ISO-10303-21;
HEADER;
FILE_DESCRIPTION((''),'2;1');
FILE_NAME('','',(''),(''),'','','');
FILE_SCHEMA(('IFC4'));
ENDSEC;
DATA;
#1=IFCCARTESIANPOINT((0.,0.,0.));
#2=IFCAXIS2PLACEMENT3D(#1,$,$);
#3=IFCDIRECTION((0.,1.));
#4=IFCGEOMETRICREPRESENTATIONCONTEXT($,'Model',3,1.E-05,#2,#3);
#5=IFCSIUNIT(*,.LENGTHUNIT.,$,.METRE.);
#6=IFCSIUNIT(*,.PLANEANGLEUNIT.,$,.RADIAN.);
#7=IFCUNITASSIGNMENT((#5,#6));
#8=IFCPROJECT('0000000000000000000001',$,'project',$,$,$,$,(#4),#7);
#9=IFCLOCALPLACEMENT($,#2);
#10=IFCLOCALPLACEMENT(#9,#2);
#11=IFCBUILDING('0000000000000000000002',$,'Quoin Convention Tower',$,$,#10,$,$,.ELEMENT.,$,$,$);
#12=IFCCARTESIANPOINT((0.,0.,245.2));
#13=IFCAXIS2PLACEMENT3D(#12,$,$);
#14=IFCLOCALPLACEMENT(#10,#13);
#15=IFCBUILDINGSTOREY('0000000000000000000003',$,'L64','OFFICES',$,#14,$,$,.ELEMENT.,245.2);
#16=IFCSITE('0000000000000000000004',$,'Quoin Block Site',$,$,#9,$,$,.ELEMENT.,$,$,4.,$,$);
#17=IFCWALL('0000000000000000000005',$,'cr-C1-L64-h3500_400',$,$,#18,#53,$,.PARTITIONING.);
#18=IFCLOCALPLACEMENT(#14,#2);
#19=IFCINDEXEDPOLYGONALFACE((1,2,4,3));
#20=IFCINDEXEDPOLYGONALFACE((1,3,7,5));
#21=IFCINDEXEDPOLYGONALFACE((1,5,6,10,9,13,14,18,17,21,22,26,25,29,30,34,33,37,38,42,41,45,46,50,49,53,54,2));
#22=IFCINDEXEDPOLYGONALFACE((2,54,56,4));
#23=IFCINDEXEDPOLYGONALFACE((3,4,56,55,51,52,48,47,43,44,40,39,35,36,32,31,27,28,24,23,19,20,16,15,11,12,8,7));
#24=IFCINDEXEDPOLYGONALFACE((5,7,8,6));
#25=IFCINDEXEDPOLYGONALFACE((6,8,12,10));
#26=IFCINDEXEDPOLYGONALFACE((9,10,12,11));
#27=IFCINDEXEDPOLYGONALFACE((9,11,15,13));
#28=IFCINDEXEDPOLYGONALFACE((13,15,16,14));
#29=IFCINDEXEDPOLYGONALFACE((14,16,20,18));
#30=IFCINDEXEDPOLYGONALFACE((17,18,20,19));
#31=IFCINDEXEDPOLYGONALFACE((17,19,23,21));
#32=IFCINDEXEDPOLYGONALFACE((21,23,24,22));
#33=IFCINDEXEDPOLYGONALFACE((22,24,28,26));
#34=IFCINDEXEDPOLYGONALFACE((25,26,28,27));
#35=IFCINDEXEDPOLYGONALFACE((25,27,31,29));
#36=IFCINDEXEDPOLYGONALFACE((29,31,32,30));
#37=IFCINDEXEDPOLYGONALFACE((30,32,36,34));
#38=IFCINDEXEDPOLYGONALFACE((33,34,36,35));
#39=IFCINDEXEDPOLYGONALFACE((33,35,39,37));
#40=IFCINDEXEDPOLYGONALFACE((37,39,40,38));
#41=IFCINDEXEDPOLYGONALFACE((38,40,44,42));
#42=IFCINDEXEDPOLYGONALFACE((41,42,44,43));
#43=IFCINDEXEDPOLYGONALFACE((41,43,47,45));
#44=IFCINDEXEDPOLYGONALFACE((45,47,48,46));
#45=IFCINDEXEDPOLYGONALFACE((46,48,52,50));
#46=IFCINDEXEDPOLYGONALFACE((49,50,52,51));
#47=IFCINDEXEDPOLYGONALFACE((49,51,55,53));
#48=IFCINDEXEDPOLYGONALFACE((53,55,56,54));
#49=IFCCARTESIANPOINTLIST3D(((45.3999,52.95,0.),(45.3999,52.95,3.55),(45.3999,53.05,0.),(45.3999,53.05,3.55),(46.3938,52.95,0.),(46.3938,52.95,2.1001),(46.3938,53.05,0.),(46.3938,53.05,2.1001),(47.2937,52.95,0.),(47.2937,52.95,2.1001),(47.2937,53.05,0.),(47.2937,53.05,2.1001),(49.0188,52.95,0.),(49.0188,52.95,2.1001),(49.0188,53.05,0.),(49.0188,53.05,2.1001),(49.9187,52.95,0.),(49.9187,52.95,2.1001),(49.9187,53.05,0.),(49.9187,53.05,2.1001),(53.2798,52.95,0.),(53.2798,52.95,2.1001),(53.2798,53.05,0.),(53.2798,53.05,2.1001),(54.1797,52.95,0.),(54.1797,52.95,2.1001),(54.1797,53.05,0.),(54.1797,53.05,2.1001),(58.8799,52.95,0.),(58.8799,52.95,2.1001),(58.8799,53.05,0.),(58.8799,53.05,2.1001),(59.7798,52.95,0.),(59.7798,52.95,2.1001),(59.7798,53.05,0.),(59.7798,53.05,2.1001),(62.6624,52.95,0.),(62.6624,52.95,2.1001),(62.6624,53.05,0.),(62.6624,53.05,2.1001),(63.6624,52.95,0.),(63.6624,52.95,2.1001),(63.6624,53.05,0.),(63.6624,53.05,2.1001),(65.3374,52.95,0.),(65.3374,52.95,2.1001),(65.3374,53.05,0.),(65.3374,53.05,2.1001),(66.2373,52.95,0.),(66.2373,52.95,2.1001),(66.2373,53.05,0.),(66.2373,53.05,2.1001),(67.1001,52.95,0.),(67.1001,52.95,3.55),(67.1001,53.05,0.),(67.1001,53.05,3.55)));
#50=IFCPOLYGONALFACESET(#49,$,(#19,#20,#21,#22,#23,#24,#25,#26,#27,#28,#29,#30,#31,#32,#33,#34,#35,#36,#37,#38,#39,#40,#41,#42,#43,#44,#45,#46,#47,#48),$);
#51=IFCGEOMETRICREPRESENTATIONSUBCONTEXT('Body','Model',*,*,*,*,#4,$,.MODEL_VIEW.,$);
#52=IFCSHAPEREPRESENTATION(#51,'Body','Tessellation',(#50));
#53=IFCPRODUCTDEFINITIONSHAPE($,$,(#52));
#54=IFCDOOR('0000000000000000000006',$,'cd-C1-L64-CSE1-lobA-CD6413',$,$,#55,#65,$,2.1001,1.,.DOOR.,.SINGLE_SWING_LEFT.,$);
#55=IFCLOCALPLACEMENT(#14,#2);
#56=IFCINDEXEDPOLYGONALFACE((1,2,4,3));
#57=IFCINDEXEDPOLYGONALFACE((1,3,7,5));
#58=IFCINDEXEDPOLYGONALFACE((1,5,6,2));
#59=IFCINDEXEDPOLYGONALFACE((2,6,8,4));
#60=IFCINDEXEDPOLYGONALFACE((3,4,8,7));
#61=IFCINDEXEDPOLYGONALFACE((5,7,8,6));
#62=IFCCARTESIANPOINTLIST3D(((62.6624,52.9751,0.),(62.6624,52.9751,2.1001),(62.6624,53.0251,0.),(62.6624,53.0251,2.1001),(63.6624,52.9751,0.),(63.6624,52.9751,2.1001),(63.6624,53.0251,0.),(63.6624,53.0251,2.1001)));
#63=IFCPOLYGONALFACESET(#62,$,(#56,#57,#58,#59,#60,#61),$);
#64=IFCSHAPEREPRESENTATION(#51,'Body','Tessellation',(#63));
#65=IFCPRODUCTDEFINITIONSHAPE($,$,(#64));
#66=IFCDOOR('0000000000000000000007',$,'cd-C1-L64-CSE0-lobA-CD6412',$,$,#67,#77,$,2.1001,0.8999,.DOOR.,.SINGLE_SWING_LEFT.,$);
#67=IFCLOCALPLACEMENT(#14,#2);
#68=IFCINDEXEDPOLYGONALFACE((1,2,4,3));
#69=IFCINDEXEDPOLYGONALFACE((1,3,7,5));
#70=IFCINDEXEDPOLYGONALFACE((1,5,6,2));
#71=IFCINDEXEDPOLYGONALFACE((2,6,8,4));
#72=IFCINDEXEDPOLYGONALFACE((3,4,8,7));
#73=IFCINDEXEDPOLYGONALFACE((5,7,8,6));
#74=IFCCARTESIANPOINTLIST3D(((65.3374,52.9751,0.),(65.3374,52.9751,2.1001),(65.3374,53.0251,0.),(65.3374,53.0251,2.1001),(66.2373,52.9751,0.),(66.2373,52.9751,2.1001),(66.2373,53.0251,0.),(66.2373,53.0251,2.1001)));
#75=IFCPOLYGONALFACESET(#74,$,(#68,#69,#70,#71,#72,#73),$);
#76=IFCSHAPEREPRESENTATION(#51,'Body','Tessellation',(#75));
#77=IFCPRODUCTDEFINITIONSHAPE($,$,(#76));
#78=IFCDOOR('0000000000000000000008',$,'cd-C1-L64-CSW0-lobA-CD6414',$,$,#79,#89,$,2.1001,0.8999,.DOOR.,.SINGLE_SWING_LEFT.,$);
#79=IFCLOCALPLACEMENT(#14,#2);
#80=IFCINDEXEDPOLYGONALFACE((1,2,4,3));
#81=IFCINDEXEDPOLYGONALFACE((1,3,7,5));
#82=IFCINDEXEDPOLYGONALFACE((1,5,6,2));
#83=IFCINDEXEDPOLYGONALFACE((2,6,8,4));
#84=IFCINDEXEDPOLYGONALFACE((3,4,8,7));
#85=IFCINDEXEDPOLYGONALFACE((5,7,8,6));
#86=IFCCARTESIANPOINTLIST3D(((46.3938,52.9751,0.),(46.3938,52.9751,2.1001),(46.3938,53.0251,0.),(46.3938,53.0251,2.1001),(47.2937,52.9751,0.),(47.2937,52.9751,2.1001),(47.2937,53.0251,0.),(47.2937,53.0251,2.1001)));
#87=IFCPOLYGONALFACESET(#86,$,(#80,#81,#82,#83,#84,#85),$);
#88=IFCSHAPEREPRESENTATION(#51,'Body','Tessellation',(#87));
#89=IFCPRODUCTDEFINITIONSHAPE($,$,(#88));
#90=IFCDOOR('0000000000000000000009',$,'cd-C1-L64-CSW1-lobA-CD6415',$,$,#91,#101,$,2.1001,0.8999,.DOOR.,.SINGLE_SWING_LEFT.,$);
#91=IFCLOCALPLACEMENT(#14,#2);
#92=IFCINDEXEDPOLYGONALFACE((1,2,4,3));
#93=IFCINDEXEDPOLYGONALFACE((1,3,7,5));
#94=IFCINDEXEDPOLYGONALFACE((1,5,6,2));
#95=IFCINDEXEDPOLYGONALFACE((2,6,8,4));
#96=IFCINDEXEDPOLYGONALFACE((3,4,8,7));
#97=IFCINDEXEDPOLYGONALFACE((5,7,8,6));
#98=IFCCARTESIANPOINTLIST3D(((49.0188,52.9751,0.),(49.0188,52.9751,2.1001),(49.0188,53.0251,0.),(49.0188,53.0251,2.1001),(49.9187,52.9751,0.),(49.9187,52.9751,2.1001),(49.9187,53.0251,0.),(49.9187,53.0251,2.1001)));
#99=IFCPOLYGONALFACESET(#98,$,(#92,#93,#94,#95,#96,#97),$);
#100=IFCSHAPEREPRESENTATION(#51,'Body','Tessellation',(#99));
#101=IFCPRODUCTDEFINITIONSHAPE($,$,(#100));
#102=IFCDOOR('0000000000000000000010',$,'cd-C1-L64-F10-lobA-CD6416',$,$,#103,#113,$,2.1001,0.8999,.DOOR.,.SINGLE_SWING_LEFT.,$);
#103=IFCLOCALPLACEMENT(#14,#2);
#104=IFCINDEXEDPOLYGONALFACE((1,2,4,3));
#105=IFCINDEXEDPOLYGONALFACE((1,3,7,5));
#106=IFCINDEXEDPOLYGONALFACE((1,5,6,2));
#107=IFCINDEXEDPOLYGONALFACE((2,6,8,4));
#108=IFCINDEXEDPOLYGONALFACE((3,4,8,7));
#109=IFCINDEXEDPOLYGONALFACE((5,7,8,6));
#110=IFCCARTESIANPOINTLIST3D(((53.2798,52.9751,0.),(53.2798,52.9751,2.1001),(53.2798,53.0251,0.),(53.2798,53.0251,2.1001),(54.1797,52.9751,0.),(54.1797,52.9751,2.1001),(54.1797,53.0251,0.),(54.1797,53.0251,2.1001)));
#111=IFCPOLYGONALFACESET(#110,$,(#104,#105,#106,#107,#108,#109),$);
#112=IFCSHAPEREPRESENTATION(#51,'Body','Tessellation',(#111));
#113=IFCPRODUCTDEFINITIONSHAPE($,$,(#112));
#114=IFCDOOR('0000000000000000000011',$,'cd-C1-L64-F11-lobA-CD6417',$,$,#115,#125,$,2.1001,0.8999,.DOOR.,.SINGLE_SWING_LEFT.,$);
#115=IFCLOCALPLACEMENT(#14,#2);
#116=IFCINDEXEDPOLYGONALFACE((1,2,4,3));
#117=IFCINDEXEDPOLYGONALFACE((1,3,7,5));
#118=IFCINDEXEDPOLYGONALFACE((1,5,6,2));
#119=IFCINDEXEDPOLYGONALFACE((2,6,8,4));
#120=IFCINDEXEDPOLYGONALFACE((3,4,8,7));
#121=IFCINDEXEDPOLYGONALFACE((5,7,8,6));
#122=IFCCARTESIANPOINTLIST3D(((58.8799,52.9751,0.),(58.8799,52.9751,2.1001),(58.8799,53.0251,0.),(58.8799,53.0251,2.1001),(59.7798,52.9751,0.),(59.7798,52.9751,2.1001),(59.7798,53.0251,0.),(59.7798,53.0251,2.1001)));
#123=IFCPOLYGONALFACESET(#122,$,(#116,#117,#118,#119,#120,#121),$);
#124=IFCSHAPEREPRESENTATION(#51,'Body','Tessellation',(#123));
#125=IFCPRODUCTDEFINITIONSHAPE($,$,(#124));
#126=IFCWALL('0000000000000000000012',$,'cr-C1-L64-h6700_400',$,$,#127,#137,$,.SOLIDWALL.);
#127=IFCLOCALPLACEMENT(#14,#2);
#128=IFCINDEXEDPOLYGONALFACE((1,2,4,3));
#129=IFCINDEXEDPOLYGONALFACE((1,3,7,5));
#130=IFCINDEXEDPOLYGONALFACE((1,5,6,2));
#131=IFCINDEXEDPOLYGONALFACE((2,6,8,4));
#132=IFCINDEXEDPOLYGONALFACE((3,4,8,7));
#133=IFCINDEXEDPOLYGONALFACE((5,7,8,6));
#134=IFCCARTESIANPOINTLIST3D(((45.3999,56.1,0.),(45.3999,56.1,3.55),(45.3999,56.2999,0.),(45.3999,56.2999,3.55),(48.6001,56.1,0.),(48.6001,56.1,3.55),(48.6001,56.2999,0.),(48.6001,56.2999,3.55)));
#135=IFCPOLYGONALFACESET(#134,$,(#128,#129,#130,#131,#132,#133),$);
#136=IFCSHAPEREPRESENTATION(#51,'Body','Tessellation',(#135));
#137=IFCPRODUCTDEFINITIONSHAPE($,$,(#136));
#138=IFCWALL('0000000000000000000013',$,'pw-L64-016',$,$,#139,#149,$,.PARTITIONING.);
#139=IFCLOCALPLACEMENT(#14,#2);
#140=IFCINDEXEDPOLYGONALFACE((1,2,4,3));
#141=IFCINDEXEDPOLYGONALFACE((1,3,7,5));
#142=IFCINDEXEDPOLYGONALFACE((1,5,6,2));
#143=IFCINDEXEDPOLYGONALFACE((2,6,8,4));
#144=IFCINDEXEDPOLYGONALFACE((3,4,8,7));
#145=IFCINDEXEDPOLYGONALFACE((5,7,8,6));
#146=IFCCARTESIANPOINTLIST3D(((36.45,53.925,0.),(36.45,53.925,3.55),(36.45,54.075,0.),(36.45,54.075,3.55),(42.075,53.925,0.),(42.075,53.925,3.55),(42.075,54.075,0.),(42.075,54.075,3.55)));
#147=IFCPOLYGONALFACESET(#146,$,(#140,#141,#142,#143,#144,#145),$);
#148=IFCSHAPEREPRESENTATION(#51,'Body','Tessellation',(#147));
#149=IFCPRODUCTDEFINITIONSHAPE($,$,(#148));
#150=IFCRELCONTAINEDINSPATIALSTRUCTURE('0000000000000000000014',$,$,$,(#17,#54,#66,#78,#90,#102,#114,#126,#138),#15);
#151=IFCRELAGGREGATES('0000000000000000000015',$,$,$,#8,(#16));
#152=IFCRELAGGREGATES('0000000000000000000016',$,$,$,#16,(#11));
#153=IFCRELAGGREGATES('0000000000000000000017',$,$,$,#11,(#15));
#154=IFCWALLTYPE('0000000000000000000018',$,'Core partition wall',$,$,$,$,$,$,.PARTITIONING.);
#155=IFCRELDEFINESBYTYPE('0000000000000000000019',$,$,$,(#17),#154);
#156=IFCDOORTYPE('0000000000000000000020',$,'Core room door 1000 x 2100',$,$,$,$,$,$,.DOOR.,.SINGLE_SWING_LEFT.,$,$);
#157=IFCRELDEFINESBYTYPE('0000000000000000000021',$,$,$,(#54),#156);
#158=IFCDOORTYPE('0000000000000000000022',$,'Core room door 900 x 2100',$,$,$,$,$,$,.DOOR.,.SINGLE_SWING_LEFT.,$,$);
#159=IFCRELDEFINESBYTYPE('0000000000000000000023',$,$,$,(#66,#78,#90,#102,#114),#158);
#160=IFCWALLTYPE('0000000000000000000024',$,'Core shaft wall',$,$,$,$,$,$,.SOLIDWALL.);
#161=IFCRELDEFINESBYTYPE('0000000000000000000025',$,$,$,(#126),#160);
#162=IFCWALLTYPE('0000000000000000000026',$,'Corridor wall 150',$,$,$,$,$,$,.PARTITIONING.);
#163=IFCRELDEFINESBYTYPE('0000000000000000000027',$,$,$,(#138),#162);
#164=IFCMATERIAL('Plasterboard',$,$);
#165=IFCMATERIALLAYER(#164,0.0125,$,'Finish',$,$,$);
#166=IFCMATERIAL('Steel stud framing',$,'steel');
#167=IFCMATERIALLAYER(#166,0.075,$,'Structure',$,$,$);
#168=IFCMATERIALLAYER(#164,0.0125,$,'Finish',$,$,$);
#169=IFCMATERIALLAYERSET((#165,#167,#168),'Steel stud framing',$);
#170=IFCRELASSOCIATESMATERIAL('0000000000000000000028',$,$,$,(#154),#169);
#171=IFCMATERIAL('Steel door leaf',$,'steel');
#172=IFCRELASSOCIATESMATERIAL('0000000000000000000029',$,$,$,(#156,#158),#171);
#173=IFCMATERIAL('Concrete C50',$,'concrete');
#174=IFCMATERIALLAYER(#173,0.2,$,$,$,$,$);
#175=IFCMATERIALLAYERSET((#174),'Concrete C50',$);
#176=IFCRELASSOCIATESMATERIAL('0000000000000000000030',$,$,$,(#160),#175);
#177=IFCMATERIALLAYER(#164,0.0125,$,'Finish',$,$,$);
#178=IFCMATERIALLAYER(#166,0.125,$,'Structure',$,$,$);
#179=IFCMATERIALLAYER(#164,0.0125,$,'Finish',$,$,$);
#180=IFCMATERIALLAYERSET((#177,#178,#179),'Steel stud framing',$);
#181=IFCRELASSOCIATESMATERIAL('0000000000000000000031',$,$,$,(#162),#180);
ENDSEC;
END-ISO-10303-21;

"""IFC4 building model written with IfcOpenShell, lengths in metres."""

from ifc_helpers import new_model, si_unit, direction, frame, frame_2d, origin, place, context, subcontext, project, spatial, rectangle, extrude, material, layer, layer_set, type_object, element, fill, save


model = new_model("IFC4")

# Units and contexts
model_context = context("Model", 3, precision=1e-05, world=origin(), true_north=direction((0.0, 1.0)))
body_context = subcontext(model_context, "Body", "Model", "MODEL_VIEW")
ifc_project = project(units=[si_unit("LENGTHUNIT", "METRE"), si_unit("PLANEANGLEUNIT", "RADIAN")], contexts=[model_context])

# Site, building, storey
site_placement = place(None, origin())
site = spatial("IfcSite", under=ifc_project, at=site_placement, Name="Quoin Block Site", CompositionType="ELEMENT", RefElevation=4.0)
building_placement = place(site_placement, origin())
building = spatial("IfcBuilding", under=site, at=building_placement, Name="Quoin Convention Tower", CompositionType="ELEMENT")
storey_placement = place(building_placement, frame((0.0, 0.0, 245.2)))
storey = spatial("IfcBuildingStorey", under=building, at=storey_placement, Name="L64", Description="OFFICES", CompositionType="ELEMENT", Elevation=245.2)

# Wall, openings, doors
ifc_material_1 = material(Name="Plasterboard")
ifc_layer_1 = layer(ifc_material_1, 0.0125, Name="Finish")
ifc_material_2 = material(Name="Steel stud framing", Category="steel")
ifc_layer_2 = layer(ifc_material_2, 0.075, Name="Structure")
ifc_layer_3 = layer(ifc_material_1, 0.0125, Name="Finish")
ifc_layer_set_1 = layer_set([ifc_layer_1, ifc_layer_2, ifc_layer_3], Name="Steel stud framing")
wall_type_1 = type_object("IfcWallType", Name="Core partition wall", PredefinedType="PARTITIONING", material=ifc_layer_set_1)
wall_1_placement = place(storey_placement, frame((45.3999, 53.0, 0.0), z_axis=(0.0, 0.0, 1.0), x_axis=(1.0, 0.0, 0.0)))
wall_1 = element("IfcWall", 1, at=wall_1_placement, inside=storey, type_object=wall_type_1, Name="cr-C1-L64-h3500_400", PredefinedType="PARTITIONING", context=body_context, shape_type="SweptSolid", body=[
    extrude(rectangle(XDim=21.7002, YDim=0.1001, at=frame_2d((10.8501, 0.0))), origin(), (0.0, 0.0, 1.0), 3.55),
])
opening_1_placement = place(wall_1_placement, frame((19.9375, 0.0, 0.0)))
opening_1 = element("IfcOpeningElement", 2, at=opening_1_placement, cuts=wall_1, PredefinedType="OPENING", context=body_context, shape_type="SweptSolid", body=[
    extrude(rectangle(XDim=0.8999, YDim=2.1001, at=frame_2d((0.45, 1.05))), frame((0.0, 0.0601, 0.0), z_axis=(0.0, -1.0, 0.0), x_axis=(1.0, 0.0, 0.0)), (0.0, 0.0, 1.0), 0.1201),
])
opening_2_placement = place(wall_1_placement, frame((17.2625, 0.0, 0.0)))
opening_2 = element("IfcOpeningElement", 3, at=opening_2_placement, cuts=wall_1, PredefinedType="OPENING", context=body_context, shape_type="SweptSolid", body=[
    extrude(rectangle(XDim=1.0, YDim=2.1001, at=frame_2d((0.5, 1.05))), frame((0.0, 0.0601, 0.0), z_axis=(0.0, -1.0, 0.0), x_axis=(1.0, 0.0, 0.0)), (0.0, 0.0, 1.0), 0.1201),
])
opening_3_placement = place(wall_1_placement, frame((0.9939, 0.0, 0.0)))
opening_3 = element("IfcOpeningElement", 4, at=opening_3_placement, cuts=wall_1, PredefinedType="OPENING", context=body_context, shape_type="SweptSolid", body=[
    extrude(rectangle(XDim=0.8999, YDim=2.1001, at=frame_2d((0.45, 1.05))), frame((0.0, 0.0601, 0.0), z_axis=(0.0, -1.0, 0.0), x_axis=(1.0, 0.0, 0.0)), (0.0, 0.0, 1.0), 0.1201),
])
opening_4_placement = place(wall_1_placement, frame((3.6189, 0.0, 0.0)))
opening_4 = element("IfcOpeningElement", 5, at=opening_4_placement, cuts=wall_1, PredefinedType="OPENING", context=body_context, shape_type="SweptSolid", body=[
    extrude(rectangle(XDim=0.8999, YDim=2.1001, at=frame_2d((0.45, 1.05))), frame((0.0, 0.0601, 0.0), z_axis=(0.0, -1.0, 0.0), x_axis=(1.0, 0.0, 0.0)), (0.0, 0.0, 1.0), 0.1201),
])
opening_5_placement = place(wall_1_placement, frame((7.8799, 0.0, 0.0)))
opening_5 = element("IfcOpeningElement", 6, at=opening_5_placement, cuts=wall_1, PredefinedType="OPENING", context=body_context, shape_type="SweptSolid", body=[
    extrude(rectangle(XDim=0.8999, YDim=2.1001, at=frame_2d((0.45, 1.05))), frame((0.0, 0.0601, 0.0), z_axis=(0.0, -1.0, 0.0), x_axis=(1.0, 0.0, 0.0)), (0.0, 0.0, 1.0), 0.1201),
])
opening_6_placement = place(wall_1_placement, frame((13.48, 0.0, 0.0)))
opening_6 = element("IfcOpeningElement", 7, at=opening_6_placement, cuts=wall_1, PredefinedType="OPENING", context=body_context, shape_type="SweptSolid", body=[
    extrude(rectangle(XDim=0.8999, YDim=2.1001, at=frame_2d((0.45, 1.05))), frame((0.0, 0.0601, 0.0), z_axis=(0.0, -1.0, 0.0), x_axis=(1.0, 0.0, 0.0)), (0.0, 0.0, 1.0), 0.1201),
])
ifc_material_3 = material(Name="Steel door leaf", Category="steel")
door_type_1 = type_object("IfcDoorType", Name="Core room door 1000 x 2100", OperationType="SINGLE_SWING_LEFT", PredefinedType="DOOR", material=ifc_material_3)
door_1_placement = place(opening_2_placement, frame((1.0, 0.0, 0.0), z_axis=(0.0, 0.0, 1.0), x_axis=(-1.0, 0.0, 0.0)))
door_1 = element("IfcDoor", 8, at=door_1_placement, inside=storey, type_object=door_type_1, Name="cd-C1-L64-CSE1-lobA-CD6413", OperationType="SINGLE_SWING_LEFT", OverallHeight=2.1001, OverallWidth=1.0, PredefinedType="DOOR", context=body_context, shape_type="SweptSolid", body=[
    extrude(rectangle(XDim=1.0, YDim=2.1001, at=frame_2d((0.5, 1.05))), frame((0.0, 0.0249, 0.0), z_axis=(0.0, -1.0, 0.0), x_axis=(1.0, 0.0, 0.0)), (0.0, 0.0, 1.0), 0.05),
])
fill(opening_2, door_1)
door_type_2 = type_object("IfcDoorType", Name="Core room door 900 x 2100", OperationType="SINGLE_SWING_LEFT", PredefinedType="DOOR", material=ifc_material_3)
door_2_placement = place(opening_1_placement, frame((0.8999, 0.0, 0.0), z_axis=(0.0, 0.0, 1.0), x_axis=(-1.0, 0.0, 0.0)))
door_2 = element("IfcDoor", 9, at=door_2_placement, inside=storey, type_object=door_type_2, Name="cd-C1-L64-CSE0-lobA-CD6412", OperationType="SINGLE_SWING_LEFT", OverallHeight=2.1001, OverallWidth=0.8999, PredefinedType="DOOR", context=body_context, shape_type="SweptSolid", body=[
    extrude(rectangle(XDim=0.8999, YDim=2.1001, at=frame_2d((0.45, 1.05))), frame((0.0, 0.0249, 0.0), z_axis=(0.0, -1.0, 0.0), x_axis=(1.0, 0.0, 0.0)), (0.0, 0.0, 1.0), 0.05),
])
fill(opening_1, door_2)
door_3_placement = place(opening_3_placement, frame((0.8999, 0.0, 0.0), z_axis=(0.0, 0.0, 1.0), x_axis=(-1.0, 0.0, 0.0)))
door_3 = element("IfcDoor", 10, at=door_3_placement, inside=storey, type_object=door_type_2, Name="cd-C1-L64-CSW0-lobA-CD6414", OperationType="SINGLE_SWING_LEFT", OverallHeight=2.1001, OverallWidth=0.8999, PredefinedType="DOOR", context=body_context, shape_type="SweptSolid", body=[
    extrude(rectangle(XDim=0.8999, YDim=2.1001, at=frame_2d((0.45, 1.05))), frame((0.0, 0.0249, 0.0), z_axis=(0.0, -1.0, 0.0), x_axis=(1.0, 0.0, 0.0)), (0.0, 0.0, 1.0), 0.05),
])
fill(opening_3, door_3)
door_4_placement = place(opening_4_placement, frame((0.8999, 0.0, 0.0), z_axis=(0.0, 0.0, 1.0), x_axis=(-1.0, 0.0, 0.0)))
door_4 = element("IfcDoor", 11, at=door_4_placement, inside=storey, type_object=door_type_2, Name="cd-C1-L64-CSW1-lobA-CD6415", OperationType="SINGLE_SWING_LEFT", OverallHeight=2.1001, OverallWidth=0.8999, PredefinedType="DOOR", context=body_context, shape_type="SweptSolid", body=[
    extrude(rectangle(XDim=0.8999, YDim=2.1001, at=frame_2d((0.45, 1.05))), frame((0.0, 0.0249, 0.0), z_axis=(0.0, -1.0, 0.0), x_axis=(1.0, 0.0, 0.0)), (0.0, 0.0, 1.0), 0.05),
])
fill(opening_4, door_4)
door_5_placement = place(opening_5_placement, frame((0.8999, 0.0, 0.0), z_axis=(0.0, 0.0, 1.0), x_axis=(-1.0, 0.0, 0.0)))
door_5 = element("IfcDoor", 12, at=door_5_placement, inside=storey, type_object=door_type_2, Name="cd-C1-L64-F10-lobA-CD6416", OperationType="SINGLE_SWING_LEFT", OverallHeight=2.1001, OverallWidth=0.8999, PredefinedType="DOOR", context=body_context, shape_type="SweptSolid", body=[
    extrude(rectangle(XDim=0.8999, YDim=2.1001, at=frame_2d((0.45, 1.05))), frame((0.0, 0.0249, 0.0), z_axis=(0.0, -1.0, 0.0), x_axis=(1.0, 0.0, 0.0)), (0.0, 0.0, 1.0), 0.05),
])
fill(opening_5, door_5)
door_6_placement = place(opening_6_placement, frame((0.8999, 0.0, 0.0), z_axis=(0.0, 0.0, 1.0), x_axis=(-1.0, 0.0, 0.0)))
door_6 = element("IfcDoor", 13, at=door_6_placement, inside=storey, type_object=door_type_2, Name="cd-C1-L64-F11-lobA-CD6417", OperationType="SINGLE_SWING_LEFT", OverallHeight=2.1001, OverallWidth=0.8999, PredefinedType="DOOR", context=body_context, shape_type="SweptSolid", body=[
    extrude(rectangle(XDim=0.8999, YDim=2.1001, at=frame_2d((0.45, 1.05))), frame((0.0, 0.0249, 0.0), z_axis=(0.0, -1.0, 0.0), x_axis=(1.0, 0.0, 0.0)), (0.0, 0.0, 1.0), 0.05),
])
fill(opening_6, door_6)

# Walls
ifc_material_4 = material(Name="Concrete C50", Category="concrete")
ifc_layer_4 = layer(ifc_material_4, 0.2)
ifc_layer_set_2 = layer_set([ifc_layer_4], Name="Concrete C50")
wall_type_2 = type_object("IfcWallType", Name="Core shaft wall", PredefinedType="SOLIDWALL", material=ifc_layer_set_2)
wall_2_placement = place(storey_placement, frame((45.3999, 56.2, 0.0), z_axis=(0.0, 0.0, 1.0), x_axis=(1.0, 0.0, 0.0)))
element("IfcWall", 14, at=wall_2_placement, inside=storey, type_object=wall_type_2, Name="cr-C1-L64-h6700_400", PredefinedType="SOLIDWALL", context=body_context, shape_type="SweptSolid", body=[
    extrude(rectangle(XDim=3.2002, YDim=0.2, at=frame_2d((1.6001, 0.0))), origin(), (0.0, 0.0, 1.0), 3.55),
])
ifc_layer_5 = layer(ifc_material_1, 0.0125, Name="Finish")
ifc_layer_6 = layer(ifc_material_2, 0.125, Name="Structure")
ifc_layer_7 = layer(ifc_material_1, 0.0125, Name="Finish")
ifc_layer_set_3 = layer_set([ifc_layer_5, ifc_layer_6, ifc_layer_7], Name="Steel stud framing")
wall_type_3 = type_object("IfcWallType", Name="Corridor wall 150", PredefinedType="PARTITIONING", material=ifc_layer_set_3)
wall_3_placement = place(storey_placement, frame((36.45, 54.0, 0.0), z_axis=(0.0, 0.0, 1.0), x_axis=(1.0, 0.0, 0.0)))
element("IfcWall", 15, at=wall_3_placement, inside=storey, type_object=wall_type_3, Name="pw-L64-016", PredefinedType="PARTITIONING", context=body_context, shape_type="SweptSolid", body=[
    extrude(rectangle(XDim=5.625, YDim=0.1499, at=frame_2d((2.8125, 0.0))), origin(), (0.0, 0.0, 1.0), 3.55),
])

save(model, "model.ifc")
